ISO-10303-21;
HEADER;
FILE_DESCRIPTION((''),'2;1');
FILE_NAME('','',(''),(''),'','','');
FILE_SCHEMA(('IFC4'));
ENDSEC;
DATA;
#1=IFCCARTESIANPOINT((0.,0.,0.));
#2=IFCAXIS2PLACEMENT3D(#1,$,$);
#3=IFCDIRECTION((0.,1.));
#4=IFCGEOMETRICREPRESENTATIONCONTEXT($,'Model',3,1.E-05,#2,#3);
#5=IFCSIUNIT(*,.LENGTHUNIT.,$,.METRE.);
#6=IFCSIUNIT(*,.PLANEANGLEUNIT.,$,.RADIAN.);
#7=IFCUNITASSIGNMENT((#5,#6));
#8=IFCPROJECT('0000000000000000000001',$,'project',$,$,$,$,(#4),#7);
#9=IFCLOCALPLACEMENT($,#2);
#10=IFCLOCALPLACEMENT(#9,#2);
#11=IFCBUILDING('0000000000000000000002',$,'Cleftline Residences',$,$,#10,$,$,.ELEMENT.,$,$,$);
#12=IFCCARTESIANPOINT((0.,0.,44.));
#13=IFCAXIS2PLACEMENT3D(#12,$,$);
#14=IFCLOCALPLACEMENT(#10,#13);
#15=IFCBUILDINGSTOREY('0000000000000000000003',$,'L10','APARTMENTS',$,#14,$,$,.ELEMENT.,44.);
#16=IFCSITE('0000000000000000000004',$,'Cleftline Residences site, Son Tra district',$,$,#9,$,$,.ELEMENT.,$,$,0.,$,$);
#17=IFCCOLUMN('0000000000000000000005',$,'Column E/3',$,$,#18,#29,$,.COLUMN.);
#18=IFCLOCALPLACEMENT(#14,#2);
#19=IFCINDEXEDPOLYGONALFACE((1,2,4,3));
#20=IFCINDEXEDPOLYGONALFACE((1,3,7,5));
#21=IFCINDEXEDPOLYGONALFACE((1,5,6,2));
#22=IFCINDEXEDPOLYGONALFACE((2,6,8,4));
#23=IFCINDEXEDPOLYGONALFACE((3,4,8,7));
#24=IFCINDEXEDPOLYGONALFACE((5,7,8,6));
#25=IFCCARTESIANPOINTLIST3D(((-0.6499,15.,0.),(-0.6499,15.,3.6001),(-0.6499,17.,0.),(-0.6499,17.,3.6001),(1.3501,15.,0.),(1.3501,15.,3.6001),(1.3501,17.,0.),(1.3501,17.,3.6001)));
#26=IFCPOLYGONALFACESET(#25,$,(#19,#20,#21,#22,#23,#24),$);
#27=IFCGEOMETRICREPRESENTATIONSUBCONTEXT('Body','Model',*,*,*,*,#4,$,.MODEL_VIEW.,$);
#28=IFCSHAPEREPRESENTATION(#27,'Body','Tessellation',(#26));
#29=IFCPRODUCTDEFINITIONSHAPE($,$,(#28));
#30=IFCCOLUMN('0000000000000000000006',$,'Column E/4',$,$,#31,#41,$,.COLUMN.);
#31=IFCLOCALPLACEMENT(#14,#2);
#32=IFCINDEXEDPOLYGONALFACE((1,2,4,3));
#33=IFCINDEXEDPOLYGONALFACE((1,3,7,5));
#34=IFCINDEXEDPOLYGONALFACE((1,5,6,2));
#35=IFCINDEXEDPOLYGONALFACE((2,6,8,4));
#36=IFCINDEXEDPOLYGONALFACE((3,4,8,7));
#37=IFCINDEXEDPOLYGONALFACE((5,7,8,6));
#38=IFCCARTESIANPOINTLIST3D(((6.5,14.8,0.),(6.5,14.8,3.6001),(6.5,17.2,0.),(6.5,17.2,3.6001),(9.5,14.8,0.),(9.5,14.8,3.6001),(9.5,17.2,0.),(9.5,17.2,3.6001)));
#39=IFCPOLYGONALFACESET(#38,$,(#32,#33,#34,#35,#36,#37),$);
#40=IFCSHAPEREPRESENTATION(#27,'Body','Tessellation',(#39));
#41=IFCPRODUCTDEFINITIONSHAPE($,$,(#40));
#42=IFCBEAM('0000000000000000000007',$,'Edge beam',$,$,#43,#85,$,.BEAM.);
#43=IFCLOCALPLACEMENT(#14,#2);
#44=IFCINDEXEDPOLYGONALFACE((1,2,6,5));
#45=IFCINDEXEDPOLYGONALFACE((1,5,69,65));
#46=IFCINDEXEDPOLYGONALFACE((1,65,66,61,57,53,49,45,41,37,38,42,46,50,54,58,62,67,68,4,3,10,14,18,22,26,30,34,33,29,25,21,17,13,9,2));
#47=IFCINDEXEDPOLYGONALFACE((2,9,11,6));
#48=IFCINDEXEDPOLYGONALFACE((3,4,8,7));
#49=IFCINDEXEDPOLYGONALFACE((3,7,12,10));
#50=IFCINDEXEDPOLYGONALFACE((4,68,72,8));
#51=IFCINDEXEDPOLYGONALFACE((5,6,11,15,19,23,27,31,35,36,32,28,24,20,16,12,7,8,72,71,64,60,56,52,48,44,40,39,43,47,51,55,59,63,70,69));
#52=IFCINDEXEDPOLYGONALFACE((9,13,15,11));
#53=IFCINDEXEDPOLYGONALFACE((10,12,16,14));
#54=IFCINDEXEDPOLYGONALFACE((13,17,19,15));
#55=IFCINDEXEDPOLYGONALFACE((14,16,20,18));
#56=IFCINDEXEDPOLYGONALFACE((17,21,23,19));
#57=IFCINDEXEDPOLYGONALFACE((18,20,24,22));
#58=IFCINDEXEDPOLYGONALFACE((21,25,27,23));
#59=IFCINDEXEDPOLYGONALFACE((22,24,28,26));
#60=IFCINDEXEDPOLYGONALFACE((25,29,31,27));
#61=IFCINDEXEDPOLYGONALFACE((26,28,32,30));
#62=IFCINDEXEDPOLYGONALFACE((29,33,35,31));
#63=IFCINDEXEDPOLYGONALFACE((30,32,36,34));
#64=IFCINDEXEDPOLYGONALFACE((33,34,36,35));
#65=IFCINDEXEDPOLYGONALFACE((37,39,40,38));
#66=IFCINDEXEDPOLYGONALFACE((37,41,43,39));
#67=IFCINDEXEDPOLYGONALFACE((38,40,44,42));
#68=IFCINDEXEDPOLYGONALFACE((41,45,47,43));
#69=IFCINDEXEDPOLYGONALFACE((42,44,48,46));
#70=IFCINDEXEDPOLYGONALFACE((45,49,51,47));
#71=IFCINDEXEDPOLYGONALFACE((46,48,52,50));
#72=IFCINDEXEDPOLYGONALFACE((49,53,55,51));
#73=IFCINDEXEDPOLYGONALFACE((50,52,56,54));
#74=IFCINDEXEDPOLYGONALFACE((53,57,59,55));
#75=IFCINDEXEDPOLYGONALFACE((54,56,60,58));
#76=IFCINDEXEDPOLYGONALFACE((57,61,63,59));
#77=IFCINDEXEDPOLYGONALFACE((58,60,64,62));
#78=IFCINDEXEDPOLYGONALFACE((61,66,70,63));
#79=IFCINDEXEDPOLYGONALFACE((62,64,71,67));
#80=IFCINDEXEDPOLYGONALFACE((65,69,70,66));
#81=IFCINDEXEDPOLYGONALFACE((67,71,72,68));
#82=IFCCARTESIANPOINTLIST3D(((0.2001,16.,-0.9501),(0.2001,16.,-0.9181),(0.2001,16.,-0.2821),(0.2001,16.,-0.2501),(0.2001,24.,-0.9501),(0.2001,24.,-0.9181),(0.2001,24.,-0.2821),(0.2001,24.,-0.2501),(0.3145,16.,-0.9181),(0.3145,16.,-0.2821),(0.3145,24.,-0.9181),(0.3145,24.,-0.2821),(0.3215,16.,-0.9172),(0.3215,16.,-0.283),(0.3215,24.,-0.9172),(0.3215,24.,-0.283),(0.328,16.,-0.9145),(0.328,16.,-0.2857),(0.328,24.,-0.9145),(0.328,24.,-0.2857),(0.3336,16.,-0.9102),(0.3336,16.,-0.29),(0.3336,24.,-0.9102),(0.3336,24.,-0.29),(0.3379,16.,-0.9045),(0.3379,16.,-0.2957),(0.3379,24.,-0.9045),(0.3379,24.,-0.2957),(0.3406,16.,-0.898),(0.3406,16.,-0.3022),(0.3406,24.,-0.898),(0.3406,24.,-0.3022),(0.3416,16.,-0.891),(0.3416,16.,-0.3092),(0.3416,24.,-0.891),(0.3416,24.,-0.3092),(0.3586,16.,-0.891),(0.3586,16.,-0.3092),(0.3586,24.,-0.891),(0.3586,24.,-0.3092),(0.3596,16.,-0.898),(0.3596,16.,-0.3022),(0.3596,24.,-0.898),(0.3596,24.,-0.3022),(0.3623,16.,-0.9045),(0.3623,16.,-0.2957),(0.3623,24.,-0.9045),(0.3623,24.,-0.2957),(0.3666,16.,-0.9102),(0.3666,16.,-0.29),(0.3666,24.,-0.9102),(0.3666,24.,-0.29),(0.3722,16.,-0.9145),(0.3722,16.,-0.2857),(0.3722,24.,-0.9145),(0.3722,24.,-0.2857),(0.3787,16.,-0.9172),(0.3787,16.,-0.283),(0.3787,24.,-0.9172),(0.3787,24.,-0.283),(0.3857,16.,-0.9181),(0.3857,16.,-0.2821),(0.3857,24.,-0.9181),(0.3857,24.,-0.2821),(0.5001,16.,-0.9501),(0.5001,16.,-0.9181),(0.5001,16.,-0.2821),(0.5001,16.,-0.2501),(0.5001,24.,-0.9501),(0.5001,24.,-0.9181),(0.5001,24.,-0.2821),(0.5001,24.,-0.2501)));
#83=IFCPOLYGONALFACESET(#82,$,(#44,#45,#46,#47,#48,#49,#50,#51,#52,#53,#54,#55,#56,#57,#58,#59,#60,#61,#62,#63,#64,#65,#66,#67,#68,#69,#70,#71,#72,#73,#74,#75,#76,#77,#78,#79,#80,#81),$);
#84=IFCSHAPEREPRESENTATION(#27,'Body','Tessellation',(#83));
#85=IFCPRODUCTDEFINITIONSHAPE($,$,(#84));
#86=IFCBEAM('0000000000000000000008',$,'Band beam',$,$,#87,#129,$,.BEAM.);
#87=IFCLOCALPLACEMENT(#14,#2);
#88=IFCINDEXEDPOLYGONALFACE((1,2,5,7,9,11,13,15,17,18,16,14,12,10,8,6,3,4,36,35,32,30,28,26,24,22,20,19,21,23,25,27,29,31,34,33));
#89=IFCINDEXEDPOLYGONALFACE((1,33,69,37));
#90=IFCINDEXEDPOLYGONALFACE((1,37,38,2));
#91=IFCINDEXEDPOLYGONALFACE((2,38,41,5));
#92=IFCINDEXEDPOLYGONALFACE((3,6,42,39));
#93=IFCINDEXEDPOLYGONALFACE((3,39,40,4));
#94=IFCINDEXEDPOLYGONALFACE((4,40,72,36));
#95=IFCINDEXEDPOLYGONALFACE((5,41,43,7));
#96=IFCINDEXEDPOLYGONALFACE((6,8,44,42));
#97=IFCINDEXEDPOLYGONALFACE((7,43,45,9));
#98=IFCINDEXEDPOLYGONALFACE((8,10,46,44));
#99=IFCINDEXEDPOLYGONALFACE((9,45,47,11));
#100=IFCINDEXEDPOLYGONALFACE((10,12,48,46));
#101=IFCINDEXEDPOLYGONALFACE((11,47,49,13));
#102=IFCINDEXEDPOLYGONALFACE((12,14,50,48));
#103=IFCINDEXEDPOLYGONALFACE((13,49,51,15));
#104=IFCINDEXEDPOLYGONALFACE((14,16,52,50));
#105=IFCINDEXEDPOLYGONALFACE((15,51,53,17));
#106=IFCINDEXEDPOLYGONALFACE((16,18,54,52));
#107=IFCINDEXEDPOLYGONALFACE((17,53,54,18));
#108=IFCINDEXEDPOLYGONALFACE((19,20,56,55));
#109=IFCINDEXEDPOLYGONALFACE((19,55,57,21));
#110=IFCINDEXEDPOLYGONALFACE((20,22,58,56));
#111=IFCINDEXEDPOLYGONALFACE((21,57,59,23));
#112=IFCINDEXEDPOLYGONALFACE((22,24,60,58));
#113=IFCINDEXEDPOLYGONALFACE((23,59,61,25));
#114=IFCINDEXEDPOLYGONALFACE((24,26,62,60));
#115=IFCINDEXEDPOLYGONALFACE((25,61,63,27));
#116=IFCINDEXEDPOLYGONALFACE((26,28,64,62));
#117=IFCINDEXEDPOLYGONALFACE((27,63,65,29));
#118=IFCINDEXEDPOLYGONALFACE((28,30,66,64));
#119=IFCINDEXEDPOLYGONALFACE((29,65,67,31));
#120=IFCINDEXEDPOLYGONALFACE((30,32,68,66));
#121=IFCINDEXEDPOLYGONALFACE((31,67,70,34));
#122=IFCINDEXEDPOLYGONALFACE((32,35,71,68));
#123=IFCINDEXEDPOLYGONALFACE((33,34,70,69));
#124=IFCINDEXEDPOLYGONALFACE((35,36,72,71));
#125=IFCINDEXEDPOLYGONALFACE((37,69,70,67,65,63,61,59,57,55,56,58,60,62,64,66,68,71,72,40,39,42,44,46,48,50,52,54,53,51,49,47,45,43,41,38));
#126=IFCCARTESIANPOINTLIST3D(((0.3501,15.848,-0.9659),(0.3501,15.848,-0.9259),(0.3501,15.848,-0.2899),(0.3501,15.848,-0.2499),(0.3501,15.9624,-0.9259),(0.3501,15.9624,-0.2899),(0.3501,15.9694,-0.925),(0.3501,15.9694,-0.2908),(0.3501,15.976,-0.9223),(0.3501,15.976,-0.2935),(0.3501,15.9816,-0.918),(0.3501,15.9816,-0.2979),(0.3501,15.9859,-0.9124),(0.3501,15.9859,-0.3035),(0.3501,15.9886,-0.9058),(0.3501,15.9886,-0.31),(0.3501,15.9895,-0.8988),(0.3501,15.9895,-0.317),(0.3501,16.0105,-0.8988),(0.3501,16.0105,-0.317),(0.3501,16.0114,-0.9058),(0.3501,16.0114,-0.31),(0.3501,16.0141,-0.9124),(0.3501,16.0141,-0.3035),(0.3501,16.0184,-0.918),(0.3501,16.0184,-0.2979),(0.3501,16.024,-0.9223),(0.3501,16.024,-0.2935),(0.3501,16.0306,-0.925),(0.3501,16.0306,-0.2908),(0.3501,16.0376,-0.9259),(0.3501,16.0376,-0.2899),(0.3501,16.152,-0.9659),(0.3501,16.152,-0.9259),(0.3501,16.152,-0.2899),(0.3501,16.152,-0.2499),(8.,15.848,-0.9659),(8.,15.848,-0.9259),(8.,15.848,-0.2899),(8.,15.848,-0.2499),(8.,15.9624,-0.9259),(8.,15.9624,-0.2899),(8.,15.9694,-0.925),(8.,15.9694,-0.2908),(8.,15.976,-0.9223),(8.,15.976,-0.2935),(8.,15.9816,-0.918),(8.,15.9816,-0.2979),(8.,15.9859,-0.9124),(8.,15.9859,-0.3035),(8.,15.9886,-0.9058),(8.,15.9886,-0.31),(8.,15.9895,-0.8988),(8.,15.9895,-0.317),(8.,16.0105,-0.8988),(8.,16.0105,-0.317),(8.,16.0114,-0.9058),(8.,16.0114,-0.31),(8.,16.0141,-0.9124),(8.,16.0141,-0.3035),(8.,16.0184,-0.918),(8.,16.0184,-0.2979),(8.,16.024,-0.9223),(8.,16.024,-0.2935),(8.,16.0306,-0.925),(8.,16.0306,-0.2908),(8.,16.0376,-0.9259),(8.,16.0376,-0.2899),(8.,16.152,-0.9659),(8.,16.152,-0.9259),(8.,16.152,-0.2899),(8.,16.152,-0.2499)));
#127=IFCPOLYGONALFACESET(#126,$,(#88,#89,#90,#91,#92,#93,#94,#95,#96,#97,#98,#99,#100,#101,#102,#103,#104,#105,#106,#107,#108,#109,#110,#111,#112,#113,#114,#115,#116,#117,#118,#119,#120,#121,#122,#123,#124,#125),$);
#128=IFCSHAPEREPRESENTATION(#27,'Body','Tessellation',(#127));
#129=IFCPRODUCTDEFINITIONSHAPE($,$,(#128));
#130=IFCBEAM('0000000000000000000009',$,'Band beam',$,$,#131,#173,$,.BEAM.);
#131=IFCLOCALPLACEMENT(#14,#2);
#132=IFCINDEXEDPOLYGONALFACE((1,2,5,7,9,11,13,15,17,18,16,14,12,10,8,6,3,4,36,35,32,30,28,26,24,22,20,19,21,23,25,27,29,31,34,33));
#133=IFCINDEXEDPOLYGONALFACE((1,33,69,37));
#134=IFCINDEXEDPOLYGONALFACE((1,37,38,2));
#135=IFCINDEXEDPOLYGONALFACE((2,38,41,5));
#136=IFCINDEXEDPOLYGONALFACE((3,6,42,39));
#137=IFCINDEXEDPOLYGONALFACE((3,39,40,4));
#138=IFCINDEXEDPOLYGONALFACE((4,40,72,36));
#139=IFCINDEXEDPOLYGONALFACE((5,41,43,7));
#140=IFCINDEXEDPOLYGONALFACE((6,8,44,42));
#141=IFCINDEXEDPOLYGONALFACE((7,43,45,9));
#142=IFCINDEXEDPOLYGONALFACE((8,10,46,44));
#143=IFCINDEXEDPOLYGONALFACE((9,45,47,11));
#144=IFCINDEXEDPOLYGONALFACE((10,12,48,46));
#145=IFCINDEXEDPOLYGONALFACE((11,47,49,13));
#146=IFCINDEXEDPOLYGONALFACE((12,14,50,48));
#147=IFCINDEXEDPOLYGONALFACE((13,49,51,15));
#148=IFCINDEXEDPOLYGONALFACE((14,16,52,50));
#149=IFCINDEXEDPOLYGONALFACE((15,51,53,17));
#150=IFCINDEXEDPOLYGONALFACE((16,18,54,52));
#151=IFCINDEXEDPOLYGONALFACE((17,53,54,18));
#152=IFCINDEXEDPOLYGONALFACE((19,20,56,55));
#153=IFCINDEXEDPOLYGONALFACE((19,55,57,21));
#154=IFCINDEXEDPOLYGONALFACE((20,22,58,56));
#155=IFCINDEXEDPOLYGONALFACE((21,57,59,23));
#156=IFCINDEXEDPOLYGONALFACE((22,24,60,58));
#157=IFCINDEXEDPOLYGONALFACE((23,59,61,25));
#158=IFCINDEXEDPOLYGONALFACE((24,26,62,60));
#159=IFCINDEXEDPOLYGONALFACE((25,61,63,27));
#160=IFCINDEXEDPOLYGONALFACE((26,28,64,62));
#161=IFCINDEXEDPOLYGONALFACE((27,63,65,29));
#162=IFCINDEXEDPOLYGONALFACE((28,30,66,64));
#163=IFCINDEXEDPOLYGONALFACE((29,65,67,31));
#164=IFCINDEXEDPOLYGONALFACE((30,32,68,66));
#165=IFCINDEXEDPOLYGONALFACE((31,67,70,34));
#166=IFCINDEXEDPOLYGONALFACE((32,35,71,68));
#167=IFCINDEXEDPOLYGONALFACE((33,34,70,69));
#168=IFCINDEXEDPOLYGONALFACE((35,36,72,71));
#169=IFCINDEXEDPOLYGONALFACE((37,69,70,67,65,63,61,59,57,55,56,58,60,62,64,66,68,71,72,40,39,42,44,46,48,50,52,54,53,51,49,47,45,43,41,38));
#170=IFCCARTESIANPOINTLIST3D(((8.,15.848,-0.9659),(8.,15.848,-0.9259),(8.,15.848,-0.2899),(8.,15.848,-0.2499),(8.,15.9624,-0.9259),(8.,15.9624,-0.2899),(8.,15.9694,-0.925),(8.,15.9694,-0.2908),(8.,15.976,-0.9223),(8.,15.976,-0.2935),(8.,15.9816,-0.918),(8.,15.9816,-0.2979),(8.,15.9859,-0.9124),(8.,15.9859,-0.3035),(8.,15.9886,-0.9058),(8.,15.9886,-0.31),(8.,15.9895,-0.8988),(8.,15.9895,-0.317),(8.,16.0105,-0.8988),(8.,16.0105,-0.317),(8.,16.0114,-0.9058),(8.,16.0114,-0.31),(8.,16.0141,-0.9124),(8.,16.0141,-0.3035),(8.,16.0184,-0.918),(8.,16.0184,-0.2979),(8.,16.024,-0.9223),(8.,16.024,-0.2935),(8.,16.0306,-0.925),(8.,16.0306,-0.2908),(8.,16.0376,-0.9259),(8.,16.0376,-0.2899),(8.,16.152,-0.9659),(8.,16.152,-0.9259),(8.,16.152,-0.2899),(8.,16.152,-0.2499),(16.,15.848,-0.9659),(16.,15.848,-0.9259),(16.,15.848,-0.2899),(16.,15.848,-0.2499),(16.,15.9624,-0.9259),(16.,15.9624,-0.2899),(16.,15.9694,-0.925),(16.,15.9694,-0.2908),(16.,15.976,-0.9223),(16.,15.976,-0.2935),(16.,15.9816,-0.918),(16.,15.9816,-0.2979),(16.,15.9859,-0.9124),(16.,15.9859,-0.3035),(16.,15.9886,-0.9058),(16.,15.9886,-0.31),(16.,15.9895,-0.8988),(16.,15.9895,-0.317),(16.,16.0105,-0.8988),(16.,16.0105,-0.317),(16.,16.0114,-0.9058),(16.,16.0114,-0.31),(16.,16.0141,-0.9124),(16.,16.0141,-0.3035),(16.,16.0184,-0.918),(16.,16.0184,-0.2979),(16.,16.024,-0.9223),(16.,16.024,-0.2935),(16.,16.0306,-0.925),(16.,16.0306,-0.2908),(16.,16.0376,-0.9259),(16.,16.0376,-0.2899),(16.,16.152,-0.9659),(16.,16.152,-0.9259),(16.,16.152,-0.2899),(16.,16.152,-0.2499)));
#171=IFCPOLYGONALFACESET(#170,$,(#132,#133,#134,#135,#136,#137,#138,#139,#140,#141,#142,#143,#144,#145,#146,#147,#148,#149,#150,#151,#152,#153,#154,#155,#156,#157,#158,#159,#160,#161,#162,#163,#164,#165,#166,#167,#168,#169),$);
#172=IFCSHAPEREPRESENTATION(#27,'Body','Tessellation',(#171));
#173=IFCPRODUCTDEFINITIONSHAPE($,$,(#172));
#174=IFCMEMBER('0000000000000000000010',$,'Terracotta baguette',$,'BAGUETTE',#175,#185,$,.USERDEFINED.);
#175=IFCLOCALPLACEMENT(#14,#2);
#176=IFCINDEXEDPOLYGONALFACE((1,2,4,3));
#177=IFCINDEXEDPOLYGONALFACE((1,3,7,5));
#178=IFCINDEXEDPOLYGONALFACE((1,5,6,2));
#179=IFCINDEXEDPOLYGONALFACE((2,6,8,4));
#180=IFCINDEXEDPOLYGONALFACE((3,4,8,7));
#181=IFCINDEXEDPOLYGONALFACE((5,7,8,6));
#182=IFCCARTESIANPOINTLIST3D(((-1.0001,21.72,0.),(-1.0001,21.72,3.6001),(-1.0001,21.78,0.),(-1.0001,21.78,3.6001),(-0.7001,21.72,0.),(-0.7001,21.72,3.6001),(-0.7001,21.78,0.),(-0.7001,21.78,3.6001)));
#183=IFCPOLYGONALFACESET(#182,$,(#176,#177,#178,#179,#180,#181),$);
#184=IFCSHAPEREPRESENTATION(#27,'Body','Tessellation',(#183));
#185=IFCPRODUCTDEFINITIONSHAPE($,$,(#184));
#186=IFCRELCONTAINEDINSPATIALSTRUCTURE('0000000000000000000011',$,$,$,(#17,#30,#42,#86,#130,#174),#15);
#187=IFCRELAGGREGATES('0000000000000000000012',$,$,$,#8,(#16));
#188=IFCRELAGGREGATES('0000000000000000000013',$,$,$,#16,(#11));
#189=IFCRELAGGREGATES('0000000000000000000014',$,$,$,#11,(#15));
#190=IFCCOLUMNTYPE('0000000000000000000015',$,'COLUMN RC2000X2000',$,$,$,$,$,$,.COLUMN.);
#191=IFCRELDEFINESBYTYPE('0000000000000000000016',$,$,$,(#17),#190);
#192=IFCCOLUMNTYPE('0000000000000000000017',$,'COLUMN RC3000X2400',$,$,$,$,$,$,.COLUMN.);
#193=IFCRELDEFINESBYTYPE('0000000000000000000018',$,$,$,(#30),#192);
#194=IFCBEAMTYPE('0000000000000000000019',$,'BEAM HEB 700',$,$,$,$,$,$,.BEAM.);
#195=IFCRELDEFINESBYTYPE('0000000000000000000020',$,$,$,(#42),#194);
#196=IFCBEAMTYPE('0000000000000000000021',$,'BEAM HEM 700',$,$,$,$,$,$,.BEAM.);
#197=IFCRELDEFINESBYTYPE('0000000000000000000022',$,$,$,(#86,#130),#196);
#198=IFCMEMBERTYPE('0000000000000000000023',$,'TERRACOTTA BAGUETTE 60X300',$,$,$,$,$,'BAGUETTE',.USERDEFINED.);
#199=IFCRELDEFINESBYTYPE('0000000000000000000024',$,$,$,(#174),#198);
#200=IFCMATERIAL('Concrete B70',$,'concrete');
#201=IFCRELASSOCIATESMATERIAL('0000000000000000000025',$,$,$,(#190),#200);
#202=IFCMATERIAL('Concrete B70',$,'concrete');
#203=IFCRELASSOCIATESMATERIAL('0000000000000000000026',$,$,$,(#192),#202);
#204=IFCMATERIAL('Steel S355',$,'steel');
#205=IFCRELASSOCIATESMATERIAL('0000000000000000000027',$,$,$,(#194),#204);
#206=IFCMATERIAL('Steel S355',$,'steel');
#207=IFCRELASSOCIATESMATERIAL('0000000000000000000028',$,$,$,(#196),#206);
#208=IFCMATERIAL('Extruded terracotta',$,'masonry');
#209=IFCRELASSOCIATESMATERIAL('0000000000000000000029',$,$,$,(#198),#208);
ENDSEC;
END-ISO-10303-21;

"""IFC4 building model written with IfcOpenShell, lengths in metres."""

from ifc_helpers import new_model, si_unit, direction, frame, origin, origin_2d, place, context, subcontext, project, spatial, rectangle, i_section, extrude, material, material_profile, profile_set, type_object, element, save


model = new_model("IFC4")

# Units and contexts
model_context = context("Model", 3, precision=1e-05, world=origin(), true_north=direction((0.0, 1.0)))
body_context = subcontext(model_context, "Body", "Model", "MODEL_VIEW")
ifc_project = project(units=[si_unit("LENGTHUNIT", "METRE"), si_unit("PLANEANGLEUNIT", "RADIAN")], contexts=[model_context])

# Site, building, storey
site_placement = place(None, origin())
site = spatial("IfcSite", under=ifc_project, at=site_placement, Name="Cleftline Residences site, Son Tra district", CompositionType="ELEMENT", RefElevation=0.0)
building_placement = place(site_placement, origin())
building = spatial("IfcBuilding", under=site, at=building_placement, Name="Cleftline Residences", CompositionType="ELEMENT")
storey_placement = place(building_placement, frame((0.0, 0.0, 44.0)))
storey = spatial("IfcBuildingStorey", under=building, at=storey_placement, Name="L10", Description="APARTMENTS", CompositionType="ELEMENT", Elevation=44.0)

# Columns
ifc_material_1 = material(Name="Concrete B70", Category="concrete")
ifc_material_profile_1 = material_profile(ifc_material_1, rectangle(XDim=2.0, YDim=2.0, at=origin_2d()))
ifc_profile_set_1 = profile_set([ifc_material_profile_1], Name="Concrete B70")
column_type_1 = type_object("IfcColumnType", Name="COLUMN RC2000X2000", PredefinedType="COLUMN", material=ifc_profile_set_1)
column_1_placement = place(storey_placement, frame((0.3501, 16.0, 0.0), z_axis=(0.0, 0.0, 1.0), x_axis=(1.0, 0.0, 0.0)))
element("IfcColumn", 1, at=column_1_placement, inside=storey, type_object=column_type_1, Name="Column E/3", PredefinedType="COLUMN", context=body_context, shape_type="SweptSolid", body=[
    extrude(rectangle(XDim=2.0, YDim=2.0, at=origin_2d()), origin(), (0.0, 0.0, 1.0), 3.6001),
])
ifc_material_2 = material(Name="Concrete B70", Category="concrete")
ifc_material_profile_2 = material_profile(ifc_material_2, rectangle(XDim=3.0, YDim=2.3999, at=origin_2d()))
ifc_profile_set_2 = profile_set([ifc_material_profile_2], Name="Concrete B70")
column_type_2 = type_object("IfcColumnType", Name="COLUMN RC3000X2400", PredefinedType="COLUMN", material=ifc_profile_set_2)
column_2_placement = place(storey_placement, frame((8.0, 16.0, 0.0), z_axis=(0.0, 0.0, 1.0), x_axis=(1.0, 0.0, 0.0)))
element("IfcColumn", 2, at=column_2_placement, inside=storey, type_object=column_type_2, Name="Column E/4", PredefinedType="COLUMN", context=body_context, shape_type="SweptSolid", body=[
    extrude(rectangle(XDim=3.0, YDim=2.3999, at=origin_2d()), origin(), (0.0, 0.0, 1.0), 3.6001),
])

# Beams
ifc_material_3 = material(Name="Steel S355", Category="steel")
ifc_material_profile_3 = material_profile(ifc_material_3, i_section(OverallWidth=0.3, OverallDepth=0.7, WebThickness=0.0171, FlangeThickness=0.032, FilletRadius=0.0271, at=origin_2d()))
ifc_profile_set_3 = profile_set([ifc_material_profile_3], Name="Steel S355")
beam_type_1 = type_object("IfcBeamType", Name="BEAM HEB 700", PredefinedType="BEAM", material=ifc_profile_set_3)
beam_1_placement = place(storey_placement, frame((0.3501, 16.0, -0.6001), z_axis=(0.0, 1.0, 0.0), x_axis=(-1.0, 0.0, 0.0)))
element("IfcBeam", 3, at=beam_1_placement, inside=storey, type_object=beam_type_1, Name="Edge beam", PredefinedType="BEAM", context=body_context, shape_type="SweptSolid", body=[
    extrude(i_section(OverallWidth=0.3, OverallDepth=0.7, WebThickness=0.0171, FlangeThickness=0.032, FilletRadius=0.0271, at=origin_2d()), origin(), (0.0, 0.0, 1.0), 8.0),
])
ifc_material_4 = material(Name="Steel S355", Category="steel")
ifc_material_profile_4 = material_profile(ifc_material_4, i_section(OverallWidth=0.304, OverallDepth=0.7161, WebThickness=0.021, FlangeThickness=0.04, FilletRadius=0.0271, at=origin_2d()))
ifc_profile_set_4 = profile_set([ifc_material_profile_4], Name="Steel S355")
beam_type_2 = type_object("IfcBeamType", Name="BEAM HEM 700", PredefinedType="BEAM", material=ifc_profile_set_4)
beam_2_placement = place(storey_placement, frame((0.3501, 16.0, -0.6079), z_axis=(1.0, 0.0, 0.0), x_axis=(0.0, 1.0, 0.0)))
element("IfcBeam", 4, at=beam_2_placement, inside=storey, type_object=beam_type_2, Name="Band beam", PredefinedType="BEAM", context=body_context, shape_type="SweptSolid", body=[
    extrude(i_section(OverallWidth=0.304, OverallDepth=0.7161, WebThickness=0.021, FlangeThickness=0.04, FilletRadius=0.0271, at=origin_2d()), origin(), (0.0, 0.0, 1.0), 7.6499),
])
beam_3_placement = place(storey_placement, frame((8.0, 16.0, -0.6079), z_axis=(1.0, 0.0, 0.0), x_axis=(0.0, 1.0, 0.0)))
element("IfcBeam", 5, at=beam_3_placement, inside=storey, type_object=beam_type_2, Name="Band beam", PredefinedType="BEAM", context=body_context, shape_type="SweptSolid", body=[
    extrude(i_section(OverallWidth=0.304, OverallDepth=0.7161, WebThickness=0.021, FlangeThickness=0.04, FilletRadius=0.0271, at=origin_2d()), origin(), (0.0, 0.0, 1.0), 8.0),
])

# Member
ifc_material_5 = material(Name="Extruded terracotta", Category="masonry")
ifc_material_profile_5 = material_profile(ifc_material_5, rectangle(XDim=0.0601, YDim=0.3, at=origin_2d()))
ifc_profile_set_5 = profile_set([ifc_material_profile_5], Name="Extruded terracotta")
member_type = type_object("IfcMemberType", Name="TERRACOTTA BAGUETTE 60X300", ElementType="BAGUETTE", PredefinedType="USERDEFINED", material=ifc_profile_set_5)
for number, where, z_axis, x_axis, name in (
    (6, (-0.8501, 21.75, 0.0), (0.0, 0.0, 1.0), (0.0, 1.0, 0.0), "Terracotta baguette"),
):
    element("IfcMember", number, at=place(storey_placement, frame(where, z_axis=z_axis, x_axis=x_axis)), inside=storey, type_object=member_type, Name=name, ObjectType="BAGUETTE", PredefinedType="USERDEFINED", context=body_context, shape_type="SweptSolid", body=[
        extrude(rectangle(XDim=0.0601, YDim=0.3, at=origin_2d()), origin(), (0.0, 0.0, 1.0), 3.6001),
    ])

save(model, "model.ifc")
